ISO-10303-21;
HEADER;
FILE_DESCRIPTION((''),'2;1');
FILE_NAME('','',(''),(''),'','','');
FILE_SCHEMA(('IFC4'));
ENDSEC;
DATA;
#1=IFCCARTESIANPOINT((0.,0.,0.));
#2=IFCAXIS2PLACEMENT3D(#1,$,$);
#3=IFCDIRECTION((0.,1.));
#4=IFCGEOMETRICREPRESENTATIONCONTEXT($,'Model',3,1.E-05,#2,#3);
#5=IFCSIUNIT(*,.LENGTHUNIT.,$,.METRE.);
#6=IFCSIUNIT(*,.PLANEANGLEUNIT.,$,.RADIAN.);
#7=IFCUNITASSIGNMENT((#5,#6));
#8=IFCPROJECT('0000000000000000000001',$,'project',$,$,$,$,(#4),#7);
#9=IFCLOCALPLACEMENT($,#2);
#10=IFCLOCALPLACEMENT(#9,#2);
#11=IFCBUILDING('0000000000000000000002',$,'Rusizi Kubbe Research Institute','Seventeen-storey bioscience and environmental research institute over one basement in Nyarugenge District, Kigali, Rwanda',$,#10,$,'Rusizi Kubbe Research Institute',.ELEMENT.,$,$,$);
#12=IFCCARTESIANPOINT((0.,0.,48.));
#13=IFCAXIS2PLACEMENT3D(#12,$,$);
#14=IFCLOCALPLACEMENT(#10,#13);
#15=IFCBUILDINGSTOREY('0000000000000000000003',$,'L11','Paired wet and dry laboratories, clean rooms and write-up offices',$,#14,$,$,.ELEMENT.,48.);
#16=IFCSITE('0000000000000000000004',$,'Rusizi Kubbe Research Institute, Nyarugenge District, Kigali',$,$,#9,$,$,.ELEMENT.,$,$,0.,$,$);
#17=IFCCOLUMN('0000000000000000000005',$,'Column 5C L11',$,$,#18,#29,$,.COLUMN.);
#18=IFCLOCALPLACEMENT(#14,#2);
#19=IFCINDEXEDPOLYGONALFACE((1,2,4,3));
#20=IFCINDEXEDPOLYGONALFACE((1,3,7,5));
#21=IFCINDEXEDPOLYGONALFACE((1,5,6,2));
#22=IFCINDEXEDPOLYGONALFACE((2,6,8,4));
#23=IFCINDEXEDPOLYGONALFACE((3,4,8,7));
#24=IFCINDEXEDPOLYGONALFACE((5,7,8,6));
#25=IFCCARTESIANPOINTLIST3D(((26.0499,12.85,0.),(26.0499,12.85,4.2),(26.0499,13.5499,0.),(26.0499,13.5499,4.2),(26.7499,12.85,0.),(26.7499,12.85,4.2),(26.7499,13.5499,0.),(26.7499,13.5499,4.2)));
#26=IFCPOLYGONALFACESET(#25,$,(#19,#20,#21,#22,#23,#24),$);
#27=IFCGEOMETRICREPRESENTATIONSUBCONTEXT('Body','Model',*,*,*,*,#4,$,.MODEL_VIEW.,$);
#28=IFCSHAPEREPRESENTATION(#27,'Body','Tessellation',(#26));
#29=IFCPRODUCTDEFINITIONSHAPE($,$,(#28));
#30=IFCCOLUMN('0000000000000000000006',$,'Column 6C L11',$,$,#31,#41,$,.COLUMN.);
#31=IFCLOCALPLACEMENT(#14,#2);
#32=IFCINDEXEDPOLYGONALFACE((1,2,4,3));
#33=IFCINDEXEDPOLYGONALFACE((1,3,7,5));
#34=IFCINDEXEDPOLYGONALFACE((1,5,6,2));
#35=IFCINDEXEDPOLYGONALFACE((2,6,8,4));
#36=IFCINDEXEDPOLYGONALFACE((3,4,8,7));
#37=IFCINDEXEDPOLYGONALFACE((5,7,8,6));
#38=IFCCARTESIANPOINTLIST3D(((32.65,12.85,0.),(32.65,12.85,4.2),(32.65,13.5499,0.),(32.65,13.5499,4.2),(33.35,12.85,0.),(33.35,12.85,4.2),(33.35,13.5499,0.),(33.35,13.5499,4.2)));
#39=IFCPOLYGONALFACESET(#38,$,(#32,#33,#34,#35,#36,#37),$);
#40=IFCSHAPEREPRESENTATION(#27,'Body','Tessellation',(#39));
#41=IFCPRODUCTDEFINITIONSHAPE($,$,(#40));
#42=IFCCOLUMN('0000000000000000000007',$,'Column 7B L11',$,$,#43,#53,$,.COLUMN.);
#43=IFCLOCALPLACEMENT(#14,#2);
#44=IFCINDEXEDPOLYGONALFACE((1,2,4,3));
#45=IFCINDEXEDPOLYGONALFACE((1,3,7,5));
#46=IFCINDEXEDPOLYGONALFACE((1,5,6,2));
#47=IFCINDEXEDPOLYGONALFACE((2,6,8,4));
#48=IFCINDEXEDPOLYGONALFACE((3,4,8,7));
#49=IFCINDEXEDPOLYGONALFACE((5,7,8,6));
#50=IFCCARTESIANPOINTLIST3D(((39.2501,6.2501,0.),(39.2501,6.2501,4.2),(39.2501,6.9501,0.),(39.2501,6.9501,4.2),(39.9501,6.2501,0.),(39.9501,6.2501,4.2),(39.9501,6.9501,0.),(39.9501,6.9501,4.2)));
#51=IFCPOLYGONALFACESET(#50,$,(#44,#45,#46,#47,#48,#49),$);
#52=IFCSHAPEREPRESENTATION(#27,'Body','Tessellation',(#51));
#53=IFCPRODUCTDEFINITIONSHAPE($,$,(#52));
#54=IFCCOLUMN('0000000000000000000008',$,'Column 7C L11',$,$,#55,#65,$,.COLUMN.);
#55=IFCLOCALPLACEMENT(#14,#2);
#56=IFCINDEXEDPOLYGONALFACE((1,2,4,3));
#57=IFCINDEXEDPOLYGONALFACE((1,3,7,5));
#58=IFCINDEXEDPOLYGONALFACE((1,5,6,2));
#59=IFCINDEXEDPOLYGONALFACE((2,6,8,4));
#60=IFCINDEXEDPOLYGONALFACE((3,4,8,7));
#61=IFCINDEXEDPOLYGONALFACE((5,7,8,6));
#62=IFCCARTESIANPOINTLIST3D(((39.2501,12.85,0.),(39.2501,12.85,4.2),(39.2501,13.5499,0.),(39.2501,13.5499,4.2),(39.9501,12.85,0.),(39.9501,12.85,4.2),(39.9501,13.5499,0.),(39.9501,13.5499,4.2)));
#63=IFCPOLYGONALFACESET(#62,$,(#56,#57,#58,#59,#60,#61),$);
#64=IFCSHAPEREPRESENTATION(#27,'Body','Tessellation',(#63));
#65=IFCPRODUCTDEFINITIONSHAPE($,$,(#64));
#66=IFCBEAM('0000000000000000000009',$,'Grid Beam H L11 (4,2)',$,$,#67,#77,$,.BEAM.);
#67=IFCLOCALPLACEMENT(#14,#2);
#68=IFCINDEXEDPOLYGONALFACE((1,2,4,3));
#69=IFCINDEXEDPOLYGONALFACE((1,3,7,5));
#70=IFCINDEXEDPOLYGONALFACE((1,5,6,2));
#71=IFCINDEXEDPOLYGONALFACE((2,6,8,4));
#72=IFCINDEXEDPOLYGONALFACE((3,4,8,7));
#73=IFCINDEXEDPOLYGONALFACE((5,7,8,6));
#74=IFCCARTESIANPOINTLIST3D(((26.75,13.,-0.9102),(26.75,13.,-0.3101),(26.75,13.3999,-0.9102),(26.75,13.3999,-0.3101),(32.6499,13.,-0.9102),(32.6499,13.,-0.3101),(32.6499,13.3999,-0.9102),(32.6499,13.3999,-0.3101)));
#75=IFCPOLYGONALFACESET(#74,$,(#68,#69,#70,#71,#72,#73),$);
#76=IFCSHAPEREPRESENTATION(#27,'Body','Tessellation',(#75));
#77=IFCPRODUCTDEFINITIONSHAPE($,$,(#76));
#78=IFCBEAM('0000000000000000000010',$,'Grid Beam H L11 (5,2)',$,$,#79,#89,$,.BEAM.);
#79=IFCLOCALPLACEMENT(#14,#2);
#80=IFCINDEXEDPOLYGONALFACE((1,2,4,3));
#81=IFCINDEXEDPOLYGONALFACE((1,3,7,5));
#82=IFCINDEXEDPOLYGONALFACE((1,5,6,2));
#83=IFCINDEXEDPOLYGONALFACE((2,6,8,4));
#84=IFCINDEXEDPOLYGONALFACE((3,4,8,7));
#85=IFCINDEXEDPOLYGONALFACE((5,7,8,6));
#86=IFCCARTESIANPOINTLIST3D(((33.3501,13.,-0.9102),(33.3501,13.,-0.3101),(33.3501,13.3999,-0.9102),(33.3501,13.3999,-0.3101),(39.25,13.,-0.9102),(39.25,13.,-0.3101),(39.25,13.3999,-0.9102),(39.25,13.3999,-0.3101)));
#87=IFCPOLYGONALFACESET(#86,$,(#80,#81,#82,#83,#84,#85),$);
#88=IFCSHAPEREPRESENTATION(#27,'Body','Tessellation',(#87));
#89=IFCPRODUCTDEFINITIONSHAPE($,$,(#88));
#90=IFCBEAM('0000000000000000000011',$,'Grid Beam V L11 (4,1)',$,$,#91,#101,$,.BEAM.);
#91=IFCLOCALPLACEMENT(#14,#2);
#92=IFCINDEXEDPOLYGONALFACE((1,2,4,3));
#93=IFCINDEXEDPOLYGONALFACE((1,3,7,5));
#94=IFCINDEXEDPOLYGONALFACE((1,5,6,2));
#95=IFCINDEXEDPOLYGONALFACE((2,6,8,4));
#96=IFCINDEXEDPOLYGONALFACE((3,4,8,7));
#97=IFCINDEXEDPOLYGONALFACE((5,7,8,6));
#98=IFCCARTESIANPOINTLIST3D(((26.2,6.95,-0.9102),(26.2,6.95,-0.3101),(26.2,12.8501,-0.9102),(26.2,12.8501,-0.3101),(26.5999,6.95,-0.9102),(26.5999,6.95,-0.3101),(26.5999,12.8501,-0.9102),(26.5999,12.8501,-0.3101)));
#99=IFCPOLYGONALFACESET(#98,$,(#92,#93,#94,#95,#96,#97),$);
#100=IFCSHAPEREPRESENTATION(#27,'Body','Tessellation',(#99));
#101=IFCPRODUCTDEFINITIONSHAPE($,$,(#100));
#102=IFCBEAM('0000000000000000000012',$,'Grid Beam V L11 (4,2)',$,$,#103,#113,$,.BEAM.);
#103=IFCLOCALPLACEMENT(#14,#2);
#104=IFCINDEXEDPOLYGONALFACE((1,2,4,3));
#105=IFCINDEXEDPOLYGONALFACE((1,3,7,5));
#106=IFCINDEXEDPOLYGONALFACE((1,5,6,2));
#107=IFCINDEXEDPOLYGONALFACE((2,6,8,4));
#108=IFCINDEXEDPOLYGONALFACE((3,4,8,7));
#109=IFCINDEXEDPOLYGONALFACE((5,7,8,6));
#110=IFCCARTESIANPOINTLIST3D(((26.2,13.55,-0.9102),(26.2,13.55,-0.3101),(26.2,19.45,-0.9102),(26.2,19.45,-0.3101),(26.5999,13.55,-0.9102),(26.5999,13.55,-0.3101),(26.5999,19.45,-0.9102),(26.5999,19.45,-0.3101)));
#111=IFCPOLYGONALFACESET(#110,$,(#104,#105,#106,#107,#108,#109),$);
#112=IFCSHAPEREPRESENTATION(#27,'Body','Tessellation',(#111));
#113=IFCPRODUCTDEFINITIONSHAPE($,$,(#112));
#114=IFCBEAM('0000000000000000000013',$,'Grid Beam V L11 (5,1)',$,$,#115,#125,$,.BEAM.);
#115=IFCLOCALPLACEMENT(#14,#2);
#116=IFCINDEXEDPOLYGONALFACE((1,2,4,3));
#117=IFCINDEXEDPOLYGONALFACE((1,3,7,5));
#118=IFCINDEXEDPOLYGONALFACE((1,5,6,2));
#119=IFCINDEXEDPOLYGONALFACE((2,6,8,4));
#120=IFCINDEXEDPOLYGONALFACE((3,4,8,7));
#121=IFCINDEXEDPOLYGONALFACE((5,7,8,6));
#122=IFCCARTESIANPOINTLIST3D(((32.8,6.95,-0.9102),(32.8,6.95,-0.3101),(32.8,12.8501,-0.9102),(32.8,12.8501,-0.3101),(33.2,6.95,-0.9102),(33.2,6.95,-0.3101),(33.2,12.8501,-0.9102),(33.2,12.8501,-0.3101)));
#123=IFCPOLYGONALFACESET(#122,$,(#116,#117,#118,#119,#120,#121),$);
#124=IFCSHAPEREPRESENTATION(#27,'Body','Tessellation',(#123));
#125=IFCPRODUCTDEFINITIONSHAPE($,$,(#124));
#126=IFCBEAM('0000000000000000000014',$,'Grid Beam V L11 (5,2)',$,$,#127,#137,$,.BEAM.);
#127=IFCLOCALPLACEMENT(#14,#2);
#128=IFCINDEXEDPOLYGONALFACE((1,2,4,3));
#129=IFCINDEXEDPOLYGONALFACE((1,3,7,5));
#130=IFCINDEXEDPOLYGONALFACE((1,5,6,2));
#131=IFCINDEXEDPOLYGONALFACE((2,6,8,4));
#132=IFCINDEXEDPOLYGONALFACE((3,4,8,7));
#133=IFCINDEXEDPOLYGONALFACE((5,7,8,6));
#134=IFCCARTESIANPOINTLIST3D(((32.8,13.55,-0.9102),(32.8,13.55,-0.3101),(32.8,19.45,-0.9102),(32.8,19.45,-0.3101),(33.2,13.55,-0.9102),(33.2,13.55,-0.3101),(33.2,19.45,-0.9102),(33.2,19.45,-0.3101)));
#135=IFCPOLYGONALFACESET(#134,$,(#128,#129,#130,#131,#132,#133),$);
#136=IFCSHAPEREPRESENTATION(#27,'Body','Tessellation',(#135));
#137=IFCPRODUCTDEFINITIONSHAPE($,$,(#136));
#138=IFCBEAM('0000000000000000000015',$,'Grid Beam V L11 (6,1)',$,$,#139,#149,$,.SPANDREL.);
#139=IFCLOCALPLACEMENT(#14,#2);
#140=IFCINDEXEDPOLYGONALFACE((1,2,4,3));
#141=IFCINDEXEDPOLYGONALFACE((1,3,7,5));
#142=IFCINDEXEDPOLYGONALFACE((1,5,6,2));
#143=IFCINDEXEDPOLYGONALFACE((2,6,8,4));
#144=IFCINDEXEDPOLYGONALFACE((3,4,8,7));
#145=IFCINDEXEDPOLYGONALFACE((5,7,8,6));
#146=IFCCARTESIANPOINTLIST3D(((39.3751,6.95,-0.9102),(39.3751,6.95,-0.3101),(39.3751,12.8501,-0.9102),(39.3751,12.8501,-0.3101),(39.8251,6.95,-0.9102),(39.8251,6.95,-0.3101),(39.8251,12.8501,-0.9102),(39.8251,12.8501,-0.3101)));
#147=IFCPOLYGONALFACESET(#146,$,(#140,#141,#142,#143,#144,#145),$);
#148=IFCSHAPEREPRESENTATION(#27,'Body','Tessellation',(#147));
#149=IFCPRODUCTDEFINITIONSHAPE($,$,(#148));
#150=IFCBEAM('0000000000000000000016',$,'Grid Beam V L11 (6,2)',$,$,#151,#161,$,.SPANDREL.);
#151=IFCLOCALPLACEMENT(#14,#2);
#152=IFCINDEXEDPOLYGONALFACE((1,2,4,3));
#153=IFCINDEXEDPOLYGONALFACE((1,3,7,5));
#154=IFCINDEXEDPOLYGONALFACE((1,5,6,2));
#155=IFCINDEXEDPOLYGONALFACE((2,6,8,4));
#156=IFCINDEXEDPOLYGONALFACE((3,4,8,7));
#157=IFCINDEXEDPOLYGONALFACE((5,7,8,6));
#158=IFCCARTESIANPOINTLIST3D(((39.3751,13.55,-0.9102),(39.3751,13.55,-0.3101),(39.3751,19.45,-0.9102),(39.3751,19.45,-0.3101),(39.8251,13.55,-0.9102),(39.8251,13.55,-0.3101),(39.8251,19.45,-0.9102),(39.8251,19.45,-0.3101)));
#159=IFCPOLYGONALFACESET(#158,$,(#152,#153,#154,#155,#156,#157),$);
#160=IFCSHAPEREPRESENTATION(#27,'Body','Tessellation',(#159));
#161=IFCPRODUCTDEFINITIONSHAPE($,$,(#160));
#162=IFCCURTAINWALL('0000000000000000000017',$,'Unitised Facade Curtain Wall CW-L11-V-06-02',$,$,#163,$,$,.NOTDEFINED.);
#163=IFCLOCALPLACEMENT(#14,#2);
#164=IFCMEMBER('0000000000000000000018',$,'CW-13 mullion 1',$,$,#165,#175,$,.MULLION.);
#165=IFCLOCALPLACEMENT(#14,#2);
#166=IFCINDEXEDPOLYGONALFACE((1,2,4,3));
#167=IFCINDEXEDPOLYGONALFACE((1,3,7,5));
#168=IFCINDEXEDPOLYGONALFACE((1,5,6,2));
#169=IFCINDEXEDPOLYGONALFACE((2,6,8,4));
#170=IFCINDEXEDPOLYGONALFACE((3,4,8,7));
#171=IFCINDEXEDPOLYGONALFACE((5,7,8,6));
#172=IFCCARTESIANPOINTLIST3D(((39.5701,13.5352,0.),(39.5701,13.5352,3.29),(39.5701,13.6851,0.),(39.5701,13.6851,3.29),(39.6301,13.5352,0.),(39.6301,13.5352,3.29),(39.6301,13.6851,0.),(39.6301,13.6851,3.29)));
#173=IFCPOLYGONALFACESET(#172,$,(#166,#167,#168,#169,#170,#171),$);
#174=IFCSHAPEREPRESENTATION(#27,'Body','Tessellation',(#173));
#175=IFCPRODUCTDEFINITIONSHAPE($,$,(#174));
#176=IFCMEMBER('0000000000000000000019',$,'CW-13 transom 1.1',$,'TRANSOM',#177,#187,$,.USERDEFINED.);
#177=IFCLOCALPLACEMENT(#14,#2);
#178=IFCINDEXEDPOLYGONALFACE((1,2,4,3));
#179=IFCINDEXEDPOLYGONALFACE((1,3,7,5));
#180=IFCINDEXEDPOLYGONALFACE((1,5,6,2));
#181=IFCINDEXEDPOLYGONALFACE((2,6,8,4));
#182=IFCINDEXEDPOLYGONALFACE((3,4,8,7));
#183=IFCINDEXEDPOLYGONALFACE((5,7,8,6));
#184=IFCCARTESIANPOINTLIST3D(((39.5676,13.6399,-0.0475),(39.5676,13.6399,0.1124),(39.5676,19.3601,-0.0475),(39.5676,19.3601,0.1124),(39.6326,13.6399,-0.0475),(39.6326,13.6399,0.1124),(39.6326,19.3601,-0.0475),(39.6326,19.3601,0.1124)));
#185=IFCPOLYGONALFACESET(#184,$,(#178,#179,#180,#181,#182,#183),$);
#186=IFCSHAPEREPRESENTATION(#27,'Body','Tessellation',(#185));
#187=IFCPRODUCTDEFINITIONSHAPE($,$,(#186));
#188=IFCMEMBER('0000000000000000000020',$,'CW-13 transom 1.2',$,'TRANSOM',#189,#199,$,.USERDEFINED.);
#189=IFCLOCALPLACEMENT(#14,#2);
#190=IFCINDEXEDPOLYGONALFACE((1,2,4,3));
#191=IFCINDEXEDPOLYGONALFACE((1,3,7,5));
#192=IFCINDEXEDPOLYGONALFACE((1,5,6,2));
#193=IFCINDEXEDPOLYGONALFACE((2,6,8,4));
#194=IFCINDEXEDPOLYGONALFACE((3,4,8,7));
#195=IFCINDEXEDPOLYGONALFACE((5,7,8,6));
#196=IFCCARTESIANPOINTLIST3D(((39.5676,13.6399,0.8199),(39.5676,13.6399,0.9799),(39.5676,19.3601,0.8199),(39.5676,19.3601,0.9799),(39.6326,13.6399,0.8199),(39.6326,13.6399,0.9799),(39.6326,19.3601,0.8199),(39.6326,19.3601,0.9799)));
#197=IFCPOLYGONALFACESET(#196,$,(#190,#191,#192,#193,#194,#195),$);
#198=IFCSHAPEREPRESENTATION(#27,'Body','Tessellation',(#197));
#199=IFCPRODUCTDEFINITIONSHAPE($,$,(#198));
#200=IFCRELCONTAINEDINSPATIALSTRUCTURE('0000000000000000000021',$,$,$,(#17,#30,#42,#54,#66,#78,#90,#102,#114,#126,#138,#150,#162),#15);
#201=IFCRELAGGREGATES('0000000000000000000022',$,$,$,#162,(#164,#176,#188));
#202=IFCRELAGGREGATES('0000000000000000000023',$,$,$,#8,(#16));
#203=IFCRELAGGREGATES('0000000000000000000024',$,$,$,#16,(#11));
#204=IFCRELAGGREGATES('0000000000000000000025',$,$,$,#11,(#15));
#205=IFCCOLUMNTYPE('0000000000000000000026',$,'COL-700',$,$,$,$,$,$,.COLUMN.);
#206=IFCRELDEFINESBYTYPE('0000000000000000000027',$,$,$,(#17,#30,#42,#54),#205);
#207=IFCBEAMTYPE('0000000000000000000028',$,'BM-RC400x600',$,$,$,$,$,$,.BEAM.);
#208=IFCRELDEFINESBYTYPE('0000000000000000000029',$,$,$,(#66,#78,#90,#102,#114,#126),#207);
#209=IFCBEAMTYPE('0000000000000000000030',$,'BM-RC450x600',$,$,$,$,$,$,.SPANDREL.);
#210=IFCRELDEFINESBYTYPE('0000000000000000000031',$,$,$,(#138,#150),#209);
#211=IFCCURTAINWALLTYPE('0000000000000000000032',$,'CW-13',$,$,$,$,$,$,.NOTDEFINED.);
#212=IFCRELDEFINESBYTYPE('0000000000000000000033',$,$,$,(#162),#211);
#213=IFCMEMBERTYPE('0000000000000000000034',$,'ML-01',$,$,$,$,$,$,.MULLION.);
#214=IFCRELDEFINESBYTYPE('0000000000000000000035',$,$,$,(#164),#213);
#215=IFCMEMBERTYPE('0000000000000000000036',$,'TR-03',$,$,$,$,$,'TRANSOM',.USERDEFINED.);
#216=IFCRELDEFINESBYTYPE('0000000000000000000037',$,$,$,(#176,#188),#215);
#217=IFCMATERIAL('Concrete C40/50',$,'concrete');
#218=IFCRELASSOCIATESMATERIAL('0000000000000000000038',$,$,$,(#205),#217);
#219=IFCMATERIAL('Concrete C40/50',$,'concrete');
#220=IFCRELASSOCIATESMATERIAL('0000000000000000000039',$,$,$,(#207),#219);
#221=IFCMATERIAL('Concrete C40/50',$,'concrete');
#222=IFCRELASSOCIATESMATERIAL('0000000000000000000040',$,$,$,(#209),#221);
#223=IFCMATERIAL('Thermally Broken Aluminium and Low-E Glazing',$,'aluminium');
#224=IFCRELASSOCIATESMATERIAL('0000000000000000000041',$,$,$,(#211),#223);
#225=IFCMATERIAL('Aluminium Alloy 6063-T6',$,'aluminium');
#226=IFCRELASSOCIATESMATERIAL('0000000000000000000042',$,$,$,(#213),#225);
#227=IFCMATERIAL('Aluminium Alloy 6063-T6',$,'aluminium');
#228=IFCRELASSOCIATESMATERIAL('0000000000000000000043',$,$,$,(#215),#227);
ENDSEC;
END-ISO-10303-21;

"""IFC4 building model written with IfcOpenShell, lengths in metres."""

from ifc_helpers import new_model, si_unit, direction, frame, origin, origin_2d, place, context, subcontext, project, spatial, rectangle, extrude, material, material_profile, profile_set, type_object, element, aggregate, save


model = new_model("IFC4")

# Units and contexts
model_context = context("Model", 3, precision=1e-05, world=origin(), true_north=direction((0.0, 1.0)))
body_context = subcontext(model_context, "Body", "Model", "MODEL_VIEW")
ifc_project = project(units=[si_unit("LENGTHUNIT", "METRE"), si_unit("PLANEANGLEUNIT", "RADIAN")], contexts=[model_context])

# Site, building, storey
site_placement = place(None, origin())
site = spatial("IfcSite", under=ifc_project, at=site_placement, Name="Rusizi Kubbe Research Institute, Nyarugenge District, Kigali", CompositionType="ELEMENT", RefElevation=0.0)
building_placement = place(site_placement, origin())
building = spatial("IfcBuilding", under=site, at=building_placement, Name="Rusizi Kubbe Research Institute", Description="Seventeen-storey bioscience and environmental research institute over one basement in Nyarugenge District, Kigali, Rwanda", LongName="Rusizi Kubbe Research Institute", CompositionType="ELEMENT")
storey_placement = place(building_placement, frame((0.0, 0.0, 48.0)))
storey = spatial("IfcBuildingStorey", under=building, at=storey_placement, Name="L11", Description="Paired wet and dry laboratories, clean rooms and write-up offices", CompositionType="ELEMENT", Elevation=48.0)

# Columns
ifc_material_1 = material(Name="Concrete C40/50", Category="concrete")
ifc_material_profile_1 = material_profile(ifc_material_1, rectangle(XDim=0.7, YDim=0.7, at=origin_2d()), Name="RC700x700")
ifc_profile_set_1 = profile_set([ifc_material_profile_1], Name="Concrete C40/50")
column_type = type_object("IfcColumnType", Name="COL-700", PredefinedType="COLUMN", material=ifc_profile_set_1)
for number, where, z_axis, x_axis, name in (
    (1, (26.3999, 13.2, 0.0), (0.0, 0.0, 1.0), (1.0, 0.0, 0.0), "Column 5C L11"),
    (2, (33.0, 13.2, 0.0), (0.0, 0.0, 1.0), (1.0, 0.0, 0.0), "Column 6C L11"),
    (3, (39.6001, 6.6001, 0.0), (0.0, 0.0, 1.0), (1.0, 0.0, 0.0), "Column 7B L11"),
    (4, (39.6001, 13.2, 0.0), (0.0, 0.0, 1.0), (1.0, 0.0, 0.0), "Column 7C L11"),
):
    element("IfcColumn", number, at=place(storey_placement, frame(where, z_axis=z_axis, x_axis=x_axis)), inside=storey, type_object=column_type, Name=name, PredefinedType="COLUMN", context=body_context, shape_type="SweptSolid", body=[
        extrude(rectangle(XDim=0.7, YDim=0.7, at=origin_2d()), origin(), (0.0, 0.0, 1.0), 4.2),
    ])

# Beams
ifc_material_2 = material(Name="Concrete C40/50", Category="concrete")
ifc_material_profile_2 = material_profile(ifc_material_2, rectangle(XDim=0.3999, YDim=0.6001, at=origin_2d()), Name="RC400x600")
ifc_profile_set_2 = profile_set([ifc_material_profile_2], Name="Concrete C40/50")
beam_type_1 = type_object("IfcBeamType", Name="BM-RC400x600", PredefinedType="BEAM", material=ifc_profile_set_2)
for number, where, z_axis, x_axis, name in (
    (5, (26.75, 13.2, -0.6101), (1.0, 0.0, 0.0), (0.0, 1.0, 0.0), "Grid Beam H L11 (4,2)"),
    (6, (33.3501, 13.2, -0.6101), (1.0, 0.0, 0.0), (0.0, 1.0, 0.0), "Grid Beam H L11 (5,2)"),
):
    element("IfcBeam", number, at=place(storey_placement, frame(where, z_axis=z_axis, x_axis=x_axis)), inside=storey, type_object=beam_type_1, Name=name, PredefinedType="BEAM", context=body_context, shape_type="SweptSolid", body=[
        extrude(rectangle(XDim=0.3999, YDim=0.6001, at=origin_2d()), origin(), (0.0, 0.0, 1.0), 5.8999),
    ])
beam_1_placement = place(storey_placement, frame((26.3999, 6.95, -0.6101), z_axis=(0.0, 1.0, 0.0), x_axis=(-1.0, 0.0, 0.0)))
element("IfcBeam", 7, at=beam_1_placement, inside=storey, type_object=beam_type_1, Name="Grid Beam V L11 (4,1)", PredefinedType="BEAM", context=body_context, shape_type="SweptSolid", body=[
    extrude(rectangle(XDim=0.3999, YDim=0.6001, at=origin_2d()), origin(), (0.0, 0.0, 1.0), 5.9001),
])
beam_2_placement = place(storey_placement, frame((26.3999, 13.55, -0.6101), z_axis=(0.0, 1.0, 0.0), x_axis=(-1.0, 0.0, 0.0)))
element("IfcBeam", 8, at=beam_2_placement, inside=storey, type_object=beam_type_1, Name="Grid Beam V L11 (4,2)", PredefinedType="BEAM", context=body_context, shape_type="SweptSolid", body=[
    extrude(rectangle(XDim=0.3999, YDim=0.6001, at=origin_2d()), origin(), (0.0, 0.0, 1.0), 5.8999),
])
beam_3_placement = place(storey_placement, frame((33.0, 6.95, -0.6101), z_axis=(0.0, 1.0, 0.0), x_axis=(-1.0, 0.0, 0.0)))
element("IfcBeam", 9, at=beam_3_placement, inside=storey, type_object=beam_type_1, Name="Grid Beam V L11 (5,1)", PredefinedType="BEAM", context=body_context, shape_type="SweptSolid", body=[
    extrude(rectangle(XDim=0.3999, YDim=0.6001, at=origin_2d()), origin(), (0.0, 0.0, 1.0), 5.9001),
])
beam_4_placement = place(storey_placement, frame((33.0, 13.55, -0.6101), z_axis=(0.0, 1.0, 0.0), x_axis=(-1.0, 0.0, 0.0)))
element("IfcBeam", 10, at=beam_4_placement, inside=storey, type_object=beam_type_1, Name="Grid Beam V L11 (5,2)", PredefinedType="BEAM", context=body_context, shape_type="SweptSolid", body=[
    extrude(rectangle(XDim=0.3999, YDim=0.6001, at=origin_2d()), origin(), (0.0, 0.0, 1.0), 5.8999),
])
ifc_material_3 = material(Name="Concrete C40/50", Category="concrete")
ifc_material_profile_3 = material_profile(ifc_material_3, rectangle(XDim=0.45, YDim=0.6001, at=origin_2d()), Name="RC450x600")
ifc_profile_set_3 = profile_set([ifc_material_profile_3], Name="Concrete C40/50")
beam_type_2 = type_object("IfcBeamType", Name="BM-RC450x600", PredefinedType="SPANDREL", material=ifc_profile_set_3)
beam_5_placement = place(storey_placement, frame((39.6001, 6.95, -0.6101), z_axis=(0.0, 1.0, 0.0), x_axis=(-1.0, 0.0, 0.0)))
element("IfcBeam", 11, at=beam_5_placement, inside=storey, type_object=beam_type_2, Name="Grid Beam V L11 (6,1)", PredefinedType="SPANDREL", context=body_context, shape_type="SweptSolid", body=[
    extrude(rectangle(XDim=0.45, YDim=0.6001, at=origin_2d()), origin(), (0.0, 0.0, 1.0), 5.9001),
])
beam_6_placement = place(storey_placement, frame((39.6001, 13.55, -0.6101), z_axis=(0.0, 1.0, 0.0), x_axis=(-1.0, 0.0, 0.0)))
element("IfcBeam", 12, at=beam_6_placement, inside=storey, type_object=beam_type_2, Name="Grid Beam V L11 (6,2)", PredefinedType="SPANDREL", context=body_context, shape_type="SweptSolid", body=[
    extrude(rectangle(XDim=0.45, YDim=0.6001, at=origin_2d()), origin(), (0.0, 0.0, 1.0), 5.8999),
])

# Curtain wall, members
ifc_material_4 = material(Name="Thermally Broken Aluminium and Low-E Glazing", Category="aluminium")
curtain_wall_type = type_object("IfcCurtainWallType", Name="CW-13", PredefinedType="NOTDEFINED", material=ifc_material_4)
curtain_wall_placement = place(storey_placement, origin())
curtain_wall = element("IfcCurtainWall", 13, at=curtain_wall_placement, inside=storey, type_object=curtain_wall_type, Name="Unitised Facade Curtain Wall CW-L11-V-06-02", PredefinedType="NOTDEFINED")
ifc_material_5 = material(Name="Aluminium Alloy 6063-T6", Category="aluminium")
ifc_material_profile_4 = material_profile(ifc_material_5, rectangle(XDim=0.0601, YDim=0.1499, at=origin_2d()), Name="ALU-M 60x150")
ifc_profile_set_4 = profile_set([ifc_material_profile_4], Name="Aluminium Alloy 6063-T6")
member_type_1 = type_object("IfcMemberType", Name="ML-01", PredefinedType="MULLION", material=ifc_profile_set_4)
member_1_placement = place(storey_placement, frame((39.6001, 13.6101, 0.0), z_axis=(0.0, 0.0, 1.0), x_axis=(-1.0, 0.0, 0.0)))
member_1 = element("IfcMember", 14, at=member_1_placement, type_object=member_type_1, Name="CW-13 mullion 1", PredefinedType="MULLION", context=body_context, shape_type="SweptSolid", body=[
    extrude(rectangle(XDim=0.0601, YDim=0.1499, at=origin_2d()), origin(), (0.0, 0.0, 1.0), 3.29),
])
ifc_material_6 = material(Name="Aluminium Alloy 6063-T6", Category="aluminium")
ifc_material_profile_5 = material_profile(ifc_material_6, rectangle(XDim=0.0649, YDim=0.1599, at=origin_2d()), Name="ALU-T 65x160")
ifc_profile_set_5 = profile_set([ifc_material_profile_5], Name="Aluminium Alloy 6063-T6")
member_type_2 = type_object("IfcMemberType", Name="TR-03", ElementType="TRANSOM", PredefinedType="USERDEFINED", material=ifc_profile_set_5)
member_2_placement = place(storey_placement, frame((39.6001, 13.6399, 0.0325), z_axis=(0.0, 1.0, 0.0), x_axis=(-1.0, 0.0, 0.0)))
member_2 = element("IfcMember", 15, at=member_2_placement, type_object=member_type_2, Name="CW-13 transom 1.1", ObjectType="TRANSOM", PredefinedType="USERDEFINED", context=body_context, shape_type="SweptSolid", body=[
    extrude(rectangle(XDim=0.0649, YDim=0.1599, at=origin_2d()), origin(), (0.0, 0.0, 1.0), 5.7202),
])
member_3_placement = place(storey_placement, frame((39.6001, 13.6399, 0.8999), z_axis=(0.0, 1.0, 0.0), x_axis=(-1.0, 0.0, 0.0)))
member_3 = element("IfcMember", 16, at=member_3_placement, type_object=member_type_2, Name="CW-13 transom 1.2", ObjectType="TRANSOM", PredefinedType="USERDEFINED", context=body_context, shape_type="SweptSolid", body=[
    extrude(rectangle(XDim=0.0649, YDim=0.1599, at=origin_2d()), origin(), (0.0, 0.0, 1.0), 5.7202),
])
aggregate(curtain_wall, [member_1, member_2, member_3])

save(model, "model.ifc")
